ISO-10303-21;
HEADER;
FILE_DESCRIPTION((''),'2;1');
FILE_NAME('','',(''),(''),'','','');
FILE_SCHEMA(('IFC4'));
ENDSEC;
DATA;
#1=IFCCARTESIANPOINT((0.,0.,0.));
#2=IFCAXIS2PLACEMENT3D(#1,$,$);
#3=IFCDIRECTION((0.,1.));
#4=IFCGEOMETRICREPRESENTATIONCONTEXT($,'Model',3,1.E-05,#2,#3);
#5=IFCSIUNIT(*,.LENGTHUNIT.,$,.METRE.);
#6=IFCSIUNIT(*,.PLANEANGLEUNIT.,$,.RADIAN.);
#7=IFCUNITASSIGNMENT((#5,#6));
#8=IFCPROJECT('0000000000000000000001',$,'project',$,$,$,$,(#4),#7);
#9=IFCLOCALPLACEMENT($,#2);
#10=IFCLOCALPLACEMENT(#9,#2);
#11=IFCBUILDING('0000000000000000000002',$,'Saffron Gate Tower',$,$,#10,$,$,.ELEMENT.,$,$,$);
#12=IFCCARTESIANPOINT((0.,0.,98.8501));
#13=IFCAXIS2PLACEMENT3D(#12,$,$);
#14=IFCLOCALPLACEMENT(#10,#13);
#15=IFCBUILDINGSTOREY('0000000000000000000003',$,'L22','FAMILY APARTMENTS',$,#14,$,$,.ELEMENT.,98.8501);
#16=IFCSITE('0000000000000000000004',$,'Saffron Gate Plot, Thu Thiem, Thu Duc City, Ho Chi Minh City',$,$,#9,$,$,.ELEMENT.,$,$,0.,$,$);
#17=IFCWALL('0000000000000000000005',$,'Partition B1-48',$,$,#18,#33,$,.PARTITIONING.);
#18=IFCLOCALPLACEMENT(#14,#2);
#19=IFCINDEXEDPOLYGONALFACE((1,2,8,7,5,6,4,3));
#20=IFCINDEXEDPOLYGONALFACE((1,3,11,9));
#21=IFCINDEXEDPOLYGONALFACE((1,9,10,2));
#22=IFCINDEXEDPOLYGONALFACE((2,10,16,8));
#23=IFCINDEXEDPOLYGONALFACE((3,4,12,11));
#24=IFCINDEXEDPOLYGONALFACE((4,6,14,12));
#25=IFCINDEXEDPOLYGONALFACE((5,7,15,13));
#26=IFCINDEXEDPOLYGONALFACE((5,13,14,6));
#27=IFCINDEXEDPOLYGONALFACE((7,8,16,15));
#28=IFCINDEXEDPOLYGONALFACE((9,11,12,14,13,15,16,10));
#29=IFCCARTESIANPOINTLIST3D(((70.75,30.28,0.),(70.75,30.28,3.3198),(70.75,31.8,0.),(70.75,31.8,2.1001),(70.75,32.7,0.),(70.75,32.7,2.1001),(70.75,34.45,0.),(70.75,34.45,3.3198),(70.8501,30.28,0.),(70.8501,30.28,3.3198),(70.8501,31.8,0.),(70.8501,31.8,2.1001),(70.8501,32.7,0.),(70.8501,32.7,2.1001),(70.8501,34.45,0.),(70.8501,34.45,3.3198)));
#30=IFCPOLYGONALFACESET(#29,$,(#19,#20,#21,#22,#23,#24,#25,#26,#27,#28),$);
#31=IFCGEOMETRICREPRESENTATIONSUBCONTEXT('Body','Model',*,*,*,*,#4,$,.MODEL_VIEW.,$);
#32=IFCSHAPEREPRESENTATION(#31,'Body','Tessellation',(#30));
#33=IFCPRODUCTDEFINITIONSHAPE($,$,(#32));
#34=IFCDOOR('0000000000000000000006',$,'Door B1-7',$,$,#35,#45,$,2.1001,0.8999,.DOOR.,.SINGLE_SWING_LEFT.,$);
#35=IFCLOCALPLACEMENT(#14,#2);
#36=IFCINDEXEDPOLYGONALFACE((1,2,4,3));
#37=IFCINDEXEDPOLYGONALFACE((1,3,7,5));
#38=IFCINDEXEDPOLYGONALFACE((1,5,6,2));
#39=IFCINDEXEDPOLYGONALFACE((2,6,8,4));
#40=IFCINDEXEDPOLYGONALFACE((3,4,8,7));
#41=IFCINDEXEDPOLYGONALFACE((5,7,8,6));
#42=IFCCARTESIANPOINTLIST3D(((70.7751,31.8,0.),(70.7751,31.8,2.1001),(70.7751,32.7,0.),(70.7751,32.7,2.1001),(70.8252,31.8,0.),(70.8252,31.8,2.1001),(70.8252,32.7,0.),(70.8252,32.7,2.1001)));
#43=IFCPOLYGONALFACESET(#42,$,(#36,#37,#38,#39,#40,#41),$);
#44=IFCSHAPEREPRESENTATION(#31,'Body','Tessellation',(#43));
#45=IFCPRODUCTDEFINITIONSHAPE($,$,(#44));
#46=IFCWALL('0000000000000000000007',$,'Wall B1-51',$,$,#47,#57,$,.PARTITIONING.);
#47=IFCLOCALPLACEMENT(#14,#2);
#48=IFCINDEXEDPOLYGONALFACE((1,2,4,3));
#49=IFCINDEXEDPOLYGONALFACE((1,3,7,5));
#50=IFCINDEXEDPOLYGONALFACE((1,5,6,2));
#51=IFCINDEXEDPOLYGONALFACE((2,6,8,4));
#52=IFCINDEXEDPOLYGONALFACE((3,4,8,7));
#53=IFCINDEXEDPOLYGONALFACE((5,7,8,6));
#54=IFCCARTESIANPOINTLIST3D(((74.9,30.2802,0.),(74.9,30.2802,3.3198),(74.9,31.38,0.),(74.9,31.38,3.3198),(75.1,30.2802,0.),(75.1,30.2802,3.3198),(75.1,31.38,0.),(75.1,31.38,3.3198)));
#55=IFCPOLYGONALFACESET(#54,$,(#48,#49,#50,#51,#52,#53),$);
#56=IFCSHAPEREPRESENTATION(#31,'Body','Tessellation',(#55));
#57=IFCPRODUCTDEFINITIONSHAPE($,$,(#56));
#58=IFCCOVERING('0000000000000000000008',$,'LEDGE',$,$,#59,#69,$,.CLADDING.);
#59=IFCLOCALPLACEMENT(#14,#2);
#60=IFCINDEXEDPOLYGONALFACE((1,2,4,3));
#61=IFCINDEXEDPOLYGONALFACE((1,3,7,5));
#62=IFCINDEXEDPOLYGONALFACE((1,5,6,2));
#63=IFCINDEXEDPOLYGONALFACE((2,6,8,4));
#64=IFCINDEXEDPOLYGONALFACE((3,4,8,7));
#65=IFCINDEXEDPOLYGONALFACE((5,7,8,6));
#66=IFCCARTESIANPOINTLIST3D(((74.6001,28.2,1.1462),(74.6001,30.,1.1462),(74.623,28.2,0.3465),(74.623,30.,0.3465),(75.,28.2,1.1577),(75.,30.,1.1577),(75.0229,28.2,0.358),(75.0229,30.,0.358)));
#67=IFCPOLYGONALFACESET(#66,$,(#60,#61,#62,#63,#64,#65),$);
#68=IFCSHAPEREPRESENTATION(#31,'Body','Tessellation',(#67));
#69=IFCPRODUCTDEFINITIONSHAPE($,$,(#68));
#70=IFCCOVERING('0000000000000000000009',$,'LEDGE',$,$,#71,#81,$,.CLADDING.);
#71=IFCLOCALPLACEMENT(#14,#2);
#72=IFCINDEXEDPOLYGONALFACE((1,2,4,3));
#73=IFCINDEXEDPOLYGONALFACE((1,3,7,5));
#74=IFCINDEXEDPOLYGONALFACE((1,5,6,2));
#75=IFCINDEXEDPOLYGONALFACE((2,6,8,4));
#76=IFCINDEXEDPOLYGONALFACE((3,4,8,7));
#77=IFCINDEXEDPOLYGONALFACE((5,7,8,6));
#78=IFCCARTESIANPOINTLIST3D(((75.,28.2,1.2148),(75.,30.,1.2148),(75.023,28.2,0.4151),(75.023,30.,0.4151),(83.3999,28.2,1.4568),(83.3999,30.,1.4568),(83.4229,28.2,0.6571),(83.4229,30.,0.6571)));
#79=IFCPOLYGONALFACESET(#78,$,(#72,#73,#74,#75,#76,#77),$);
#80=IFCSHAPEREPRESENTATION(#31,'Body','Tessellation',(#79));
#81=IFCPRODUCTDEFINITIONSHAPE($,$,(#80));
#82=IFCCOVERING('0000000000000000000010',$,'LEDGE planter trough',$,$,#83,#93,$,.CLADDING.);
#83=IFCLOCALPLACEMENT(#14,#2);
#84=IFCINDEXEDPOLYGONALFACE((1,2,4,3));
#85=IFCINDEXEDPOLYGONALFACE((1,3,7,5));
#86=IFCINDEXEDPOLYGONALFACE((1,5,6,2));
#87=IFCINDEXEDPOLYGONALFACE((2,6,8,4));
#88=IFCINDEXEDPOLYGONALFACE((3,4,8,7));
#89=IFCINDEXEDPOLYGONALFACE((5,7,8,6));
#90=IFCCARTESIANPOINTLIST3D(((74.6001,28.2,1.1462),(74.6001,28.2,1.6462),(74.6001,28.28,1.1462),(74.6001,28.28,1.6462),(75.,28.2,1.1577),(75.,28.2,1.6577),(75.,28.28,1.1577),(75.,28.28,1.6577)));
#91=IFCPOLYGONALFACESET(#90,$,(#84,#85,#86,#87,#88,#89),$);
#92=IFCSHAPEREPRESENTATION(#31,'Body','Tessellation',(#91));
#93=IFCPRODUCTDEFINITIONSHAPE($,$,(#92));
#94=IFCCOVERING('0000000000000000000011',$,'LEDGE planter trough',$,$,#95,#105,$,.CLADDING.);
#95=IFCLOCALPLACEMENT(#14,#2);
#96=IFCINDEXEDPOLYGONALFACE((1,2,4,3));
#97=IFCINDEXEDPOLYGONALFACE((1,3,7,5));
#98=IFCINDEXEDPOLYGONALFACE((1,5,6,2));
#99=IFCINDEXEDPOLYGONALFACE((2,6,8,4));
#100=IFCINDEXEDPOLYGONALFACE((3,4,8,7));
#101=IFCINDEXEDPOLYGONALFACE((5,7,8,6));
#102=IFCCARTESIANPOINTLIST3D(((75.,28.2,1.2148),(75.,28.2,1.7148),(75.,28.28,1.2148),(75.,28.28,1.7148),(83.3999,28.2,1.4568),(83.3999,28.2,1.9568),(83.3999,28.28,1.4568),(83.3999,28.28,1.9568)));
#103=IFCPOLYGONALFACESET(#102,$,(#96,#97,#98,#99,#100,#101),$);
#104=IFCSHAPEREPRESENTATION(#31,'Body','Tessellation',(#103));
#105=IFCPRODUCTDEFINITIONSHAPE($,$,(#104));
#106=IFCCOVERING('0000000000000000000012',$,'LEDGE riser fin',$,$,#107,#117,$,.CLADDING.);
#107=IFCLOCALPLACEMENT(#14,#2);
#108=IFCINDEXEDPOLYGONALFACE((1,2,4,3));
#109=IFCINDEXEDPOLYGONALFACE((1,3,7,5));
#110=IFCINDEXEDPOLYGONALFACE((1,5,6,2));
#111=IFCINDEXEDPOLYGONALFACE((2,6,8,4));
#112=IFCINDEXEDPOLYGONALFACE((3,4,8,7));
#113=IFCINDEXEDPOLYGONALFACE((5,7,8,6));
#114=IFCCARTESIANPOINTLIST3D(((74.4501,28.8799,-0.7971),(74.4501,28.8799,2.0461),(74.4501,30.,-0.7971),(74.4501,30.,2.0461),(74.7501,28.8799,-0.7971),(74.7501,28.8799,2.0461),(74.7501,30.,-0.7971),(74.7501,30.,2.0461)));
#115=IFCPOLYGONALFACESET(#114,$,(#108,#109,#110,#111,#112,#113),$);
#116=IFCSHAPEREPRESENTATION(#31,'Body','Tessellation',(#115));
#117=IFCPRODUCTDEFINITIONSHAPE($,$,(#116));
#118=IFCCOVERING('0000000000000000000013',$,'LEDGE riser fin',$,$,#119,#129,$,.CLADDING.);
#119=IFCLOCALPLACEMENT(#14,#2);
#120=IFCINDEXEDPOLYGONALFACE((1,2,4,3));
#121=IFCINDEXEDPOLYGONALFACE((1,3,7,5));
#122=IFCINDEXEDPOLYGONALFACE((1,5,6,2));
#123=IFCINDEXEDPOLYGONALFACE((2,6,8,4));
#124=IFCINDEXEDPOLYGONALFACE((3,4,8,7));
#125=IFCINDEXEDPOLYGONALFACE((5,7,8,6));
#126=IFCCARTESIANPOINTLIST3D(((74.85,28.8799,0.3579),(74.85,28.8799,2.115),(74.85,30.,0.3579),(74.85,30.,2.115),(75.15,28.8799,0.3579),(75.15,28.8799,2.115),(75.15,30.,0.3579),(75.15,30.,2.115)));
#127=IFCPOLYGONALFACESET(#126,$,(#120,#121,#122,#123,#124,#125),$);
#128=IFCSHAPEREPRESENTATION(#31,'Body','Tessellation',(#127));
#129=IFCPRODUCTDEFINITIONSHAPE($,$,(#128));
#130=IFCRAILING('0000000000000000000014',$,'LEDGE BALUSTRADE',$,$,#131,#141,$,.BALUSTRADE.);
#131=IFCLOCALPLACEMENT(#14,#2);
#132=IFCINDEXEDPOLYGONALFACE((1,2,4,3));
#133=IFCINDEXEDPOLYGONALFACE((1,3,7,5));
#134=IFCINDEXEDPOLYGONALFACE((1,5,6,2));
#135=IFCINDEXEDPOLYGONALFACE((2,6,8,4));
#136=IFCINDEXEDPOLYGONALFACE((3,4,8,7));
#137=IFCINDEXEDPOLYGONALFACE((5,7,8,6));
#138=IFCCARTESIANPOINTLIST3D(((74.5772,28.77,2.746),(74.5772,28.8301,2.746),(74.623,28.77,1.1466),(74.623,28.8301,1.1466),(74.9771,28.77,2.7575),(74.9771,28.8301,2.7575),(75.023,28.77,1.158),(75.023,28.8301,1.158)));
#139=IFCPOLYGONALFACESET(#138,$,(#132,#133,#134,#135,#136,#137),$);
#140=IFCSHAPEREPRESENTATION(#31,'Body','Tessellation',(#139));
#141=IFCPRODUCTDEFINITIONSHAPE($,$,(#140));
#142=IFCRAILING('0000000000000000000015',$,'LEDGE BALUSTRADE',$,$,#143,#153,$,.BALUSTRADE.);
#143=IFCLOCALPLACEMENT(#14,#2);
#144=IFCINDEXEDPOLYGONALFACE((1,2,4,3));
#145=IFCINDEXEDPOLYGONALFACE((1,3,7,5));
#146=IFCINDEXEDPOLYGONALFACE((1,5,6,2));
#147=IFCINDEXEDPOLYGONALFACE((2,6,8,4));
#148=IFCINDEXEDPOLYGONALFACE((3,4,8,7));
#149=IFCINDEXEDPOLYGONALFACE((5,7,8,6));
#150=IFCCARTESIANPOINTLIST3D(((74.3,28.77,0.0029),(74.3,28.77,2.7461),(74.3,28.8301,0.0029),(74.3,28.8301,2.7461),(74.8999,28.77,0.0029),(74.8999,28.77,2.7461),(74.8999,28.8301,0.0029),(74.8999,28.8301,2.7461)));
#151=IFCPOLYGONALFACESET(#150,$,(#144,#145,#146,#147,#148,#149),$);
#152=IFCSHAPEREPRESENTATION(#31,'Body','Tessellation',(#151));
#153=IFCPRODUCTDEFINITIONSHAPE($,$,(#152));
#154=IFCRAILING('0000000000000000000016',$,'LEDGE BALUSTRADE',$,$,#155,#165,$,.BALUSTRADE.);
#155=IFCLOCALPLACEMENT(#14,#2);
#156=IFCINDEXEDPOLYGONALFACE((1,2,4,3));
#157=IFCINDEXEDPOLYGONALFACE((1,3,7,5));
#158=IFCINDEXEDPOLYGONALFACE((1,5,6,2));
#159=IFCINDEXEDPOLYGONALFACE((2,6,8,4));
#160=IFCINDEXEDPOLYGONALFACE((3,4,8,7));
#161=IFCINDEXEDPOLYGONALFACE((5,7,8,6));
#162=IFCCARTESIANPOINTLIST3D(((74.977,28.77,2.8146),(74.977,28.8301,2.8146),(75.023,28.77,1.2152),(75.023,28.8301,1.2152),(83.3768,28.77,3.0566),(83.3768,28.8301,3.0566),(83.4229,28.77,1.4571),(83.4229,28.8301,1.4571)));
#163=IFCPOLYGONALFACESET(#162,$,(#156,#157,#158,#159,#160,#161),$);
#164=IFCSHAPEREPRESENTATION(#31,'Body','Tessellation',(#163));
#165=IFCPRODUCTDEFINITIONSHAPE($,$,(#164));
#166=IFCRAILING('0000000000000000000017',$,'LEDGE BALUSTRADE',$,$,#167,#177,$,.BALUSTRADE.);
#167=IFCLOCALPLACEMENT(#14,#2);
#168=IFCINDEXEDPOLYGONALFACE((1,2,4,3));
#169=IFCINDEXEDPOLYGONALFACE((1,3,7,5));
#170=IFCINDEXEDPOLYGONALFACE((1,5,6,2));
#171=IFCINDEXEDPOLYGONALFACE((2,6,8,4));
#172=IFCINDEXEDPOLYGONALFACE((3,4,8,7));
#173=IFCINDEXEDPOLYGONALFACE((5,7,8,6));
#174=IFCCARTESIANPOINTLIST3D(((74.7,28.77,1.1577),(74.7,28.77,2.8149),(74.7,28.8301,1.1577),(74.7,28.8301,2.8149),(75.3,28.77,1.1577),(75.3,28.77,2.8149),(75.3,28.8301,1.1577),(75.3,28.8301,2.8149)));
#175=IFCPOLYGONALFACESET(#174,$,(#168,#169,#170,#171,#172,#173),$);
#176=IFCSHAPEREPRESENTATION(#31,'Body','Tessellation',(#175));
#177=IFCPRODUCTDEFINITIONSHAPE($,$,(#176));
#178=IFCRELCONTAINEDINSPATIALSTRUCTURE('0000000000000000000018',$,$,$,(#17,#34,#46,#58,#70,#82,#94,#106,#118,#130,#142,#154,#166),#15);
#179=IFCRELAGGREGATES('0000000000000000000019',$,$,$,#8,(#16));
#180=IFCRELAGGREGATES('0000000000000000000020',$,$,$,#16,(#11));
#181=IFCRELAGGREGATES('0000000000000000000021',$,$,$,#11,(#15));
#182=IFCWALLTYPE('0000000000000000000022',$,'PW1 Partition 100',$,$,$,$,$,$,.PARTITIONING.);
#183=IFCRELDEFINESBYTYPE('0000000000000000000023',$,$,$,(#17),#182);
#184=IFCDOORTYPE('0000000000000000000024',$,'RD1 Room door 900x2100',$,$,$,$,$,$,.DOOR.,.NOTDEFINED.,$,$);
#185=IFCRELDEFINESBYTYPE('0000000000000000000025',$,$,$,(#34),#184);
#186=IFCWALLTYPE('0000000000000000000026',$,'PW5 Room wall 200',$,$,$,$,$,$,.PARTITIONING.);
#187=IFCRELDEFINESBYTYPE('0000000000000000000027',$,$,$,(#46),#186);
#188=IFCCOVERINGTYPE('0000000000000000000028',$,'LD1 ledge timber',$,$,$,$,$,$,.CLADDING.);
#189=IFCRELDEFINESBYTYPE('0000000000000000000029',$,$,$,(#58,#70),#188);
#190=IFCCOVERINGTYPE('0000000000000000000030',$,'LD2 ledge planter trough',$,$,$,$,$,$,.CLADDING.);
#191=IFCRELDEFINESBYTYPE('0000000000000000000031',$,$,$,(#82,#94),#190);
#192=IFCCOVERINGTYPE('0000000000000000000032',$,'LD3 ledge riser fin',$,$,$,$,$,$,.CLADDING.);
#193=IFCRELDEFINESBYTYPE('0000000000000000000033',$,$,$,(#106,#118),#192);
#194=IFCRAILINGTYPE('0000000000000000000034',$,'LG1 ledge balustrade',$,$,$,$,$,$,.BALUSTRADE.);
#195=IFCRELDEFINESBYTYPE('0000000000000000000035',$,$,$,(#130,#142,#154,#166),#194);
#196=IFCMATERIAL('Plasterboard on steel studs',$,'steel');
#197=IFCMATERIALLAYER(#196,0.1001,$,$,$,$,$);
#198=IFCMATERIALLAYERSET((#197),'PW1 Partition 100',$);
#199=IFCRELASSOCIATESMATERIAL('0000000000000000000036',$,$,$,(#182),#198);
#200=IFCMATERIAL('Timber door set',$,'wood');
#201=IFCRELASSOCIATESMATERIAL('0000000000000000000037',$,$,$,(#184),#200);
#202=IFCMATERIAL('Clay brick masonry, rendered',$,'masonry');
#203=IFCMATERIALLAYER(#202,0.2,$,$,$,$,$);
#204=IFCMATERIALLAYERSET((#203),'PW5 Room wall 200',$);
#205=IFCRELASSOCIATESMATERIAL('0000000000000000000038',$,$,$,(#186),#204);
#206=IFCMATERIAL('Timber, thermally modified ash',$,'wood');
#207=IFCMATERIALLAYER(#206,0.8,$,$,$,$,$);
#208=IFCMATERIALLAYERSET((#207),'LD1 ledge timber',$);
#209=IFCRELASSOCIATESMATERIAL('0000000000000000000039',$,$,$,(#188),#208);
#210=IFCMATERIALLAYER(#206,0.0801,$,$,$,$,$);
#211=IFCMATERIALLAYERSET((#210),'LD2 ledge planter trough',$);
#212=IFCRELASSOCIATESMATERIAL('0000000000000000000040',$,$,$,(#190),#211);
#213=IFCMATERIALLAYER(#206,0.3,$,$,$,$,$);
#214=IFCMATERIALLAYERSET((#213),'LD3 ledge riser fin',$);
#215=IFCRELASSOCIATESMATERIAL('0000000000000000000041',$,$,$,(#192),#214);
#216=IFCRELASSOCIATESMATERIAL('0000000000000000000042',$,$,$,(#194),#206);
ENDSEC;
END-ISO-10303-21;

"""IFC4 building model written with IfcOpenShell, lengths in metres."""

from ifc_helpers import new_model, si_unit, direction, frame, frame_2d, origin, origin_2d, place, context, subcontext, project, spatial, polyline, rectangle, outline, extrude, material, layer, layer_set, type_object, element, fill, save


model = new_model("IFC4")

# Units and contexts
model_context = context("Model", 3, precision=1e-05, world=origin(), true_north=direction((0.0, 1.0)))
body_context = subcontext(model_context, "Body", "Model", "MODEL_VIEW")
ifc_project = project(units=[si_unit("LENGTHUNIT", "METRE"), si_unit("PLANEANGLEUNIT", "RADIAN")], contexts=[model_context])

# Site, building, storey
site_placement = place(None, origin())
site = spatial("IfcSite", under=ifc_project, at=site_placement, Name="Saffron Gate Plot, Thu Thiem, Thu Duc City, Ho Chi Minh City", CompositionType="ELEMENT", RefElevation=0.0)
building_placement = place(site_placement, origin())
building = spatial("IfcBuilding", under=site, at=building_placement, Name="Saffron Gate Tower", CompositionType="ELEMENT")
storey_placement = place(building_placement, frame((0.0, 0.0, 98.8501)))
storey = spatial("IfcBuildingStorey", under=building, at=storey_placement, Name="L22", Description="FAMILY APARTMENTS", CompositionType="ELEMENT", Elevation=98.8501)

# Wall, opening, door
ifc_material_1 = material(Name="Plasterboard on steel studs", Category="steel")
ifc_layer_1 = layer(ifc_material_1, 0.1001)
ifc_layer_set_1 = layer_set([ifc_layer_1], Name="PW1 Partition 100")
wall_type_1 = type_object("IfcWallType", Name="PW1 Partition 100", PredefinedType="PARTITIONING", material=ifc_layer_set_1)
wall_1_placement = place(storey_placement, frame((70.8, 30.28, 0.0), z_axis=(0.0, 0.0, 1.0), x_axis=(0.0, 1.0, 0.0)))
wall_1 = element("IfcWall", 1, at=wall_1_placement, inside=storey, type_object=wall_type_1, Name="Partition B1-48", PredefinedType="PARTITIONING", context=body_context, shape_type="SweptSolid", body=[
    extrude(rectangle(XDim=4.1699, YDim=0.1001, at=frame_2d((2.085, 0.0))), origin(), (0.0, 0.0, 1.0), 3.3198),
])
opening_1_placement = place(wall_1_placement, frame((1.52, 0.0, 0.0)))
opening_1 = element("IfcOpeningElement", 2, at=opening_1_placement, cuts=wall_1, PredefinedType="OPENING", context=body_context, shape_type="SweptSolid", body=[
    extrude(rectangle(XDim=0.8999, YDim=2.1001, at=frame_2d((0.45, 1.05))), frame((0.0, 0.0601, 0.0), z_axis=(0.0, -1.0, 0.0), x_axis=(1.0, 0.0, 0.0)), (0.0, 0.0, 1.0), 0.1201),
])
ifc_material_2 = material(Name="Timber door set", Category="wood")
door_type = type_object("IfcDoorType", Name="RD1 Room door 900x2100", OperationType="NOTDEFINED", PredefinedType="DOOR", material=ifc_material_2)
door_placement = place(opening_1_placement, origin())
door = element("IfcDoor", 3, at=door_placement, inside=storey, type_object=door_type, Name="Door B1-7", OperationType="SINGLE_SWING_LEFT", OverallHeight=2.1001, OverallWidth=0.8999, PredefinedType="DOOR", context=body_context, shape_type="SweptSolid", body=[
    extrude(rectangle(XDim=0.8999, YDim=2.1001, at=frame_2d((0.45, 1.05))), frame((0.0, 0.0249, 0.0), z_axis=(0.0, -1.0, 0.0), x_axis=(1.0, 0.0, 0.0)), (0.0, 0.0, 1.0), 0.05),
])
fill(opening_1, door)

# Wall
ifc_material_3 = material(Name="Clay brick masonry, rendered", Category="masonry")
ifc_layer_2 = layer(ifc_material_3, 0.2)
ifc_layer_set_2 = layer_set([ifc_layer_2], Name="PW5 Room wall 200")
wall_type_2 = type_object("IfcWallType", Name="PW5 Room wall 200", PredefinedType="PARTITIONING", material=ifc_layer_set_2)
wall_2_placement = place(storey_placement, frame((75.0, 31.3799, 0.0), z_axis=(0.0, 0.0, 1.0), x_axis=(0.0, -1.0, 0.0)))
element("IfcWall", 4, at=wall_2_placement, inside=storey, type_object=wall_type_2, Name="Wall B1-51", PredefinedType="PARTITIONING", context=body_context, shape_type="SweptSolid", body=[
    extrude(rectangle(XDim=1.0999, YDim=0.2, at=frame_2d((0.5498, 0.0))), origin(), (0.0, 0.0, 1.0), 3.3198),
])

# Coverings
ifc_material_4 = material(Name="Timber, thermally modified ash", Category="wood")
ifc_layer_3 = layer(ifc_material_4, 0.8)
ifc_layer_set_3 = layer_set([ifc_layer_3], Name="LD1 ledge timber")
covering_type_1 = type_object("IfcCoveringType", Name="LD1 ledge timber", PredefinedType="CLADDING", material=ifc_layer_set_3)
covering_1_placement = place(storey_placement, frame((74.6001, 30.0, 1.1462), z_axis=(-0.028682, 0.0, 0.999589), x_axis=(0.999589, 0.0, 0.028682)))
element("IfcCovering", 5, at=covering_1_placement, inside=storey, type_object=covering_type_1, Name="LEDGE", PredefinedType="CLADDING", context=body_context, shape_type="SweptSolid", body=[
    extrude(outline(polyline([(0.0, 0.0), (0.4001, 0.0), (0.4001, -1.8), (0.0, -1.8), (0.0, 0.0)])), origin(), (0.0, 0.0, -1.0), 0.8),
])
covering_2_placement = place(storey_placement, frame((75.0, 30.0, 1.2148), z_axis=(-0.028791, 0.0, 0.999585), x_axis=(0.999585, 0.0, 0.028791)))
element("IfcCovering", 6, at=covering_2_placement, inside=storey, type_object=covering_type_1, Name="LEDGE", PredefinedType="CLADDING", context=body_context, shape_type="SweptSolid", body=[
    extrude(outline(polyline([(0.0, 0.0), (8.4034, 0.0), (8.4034, -1.8), (0.0, -1.8), (0.0, 0.0)])), origin(), (0.0, 0.0, -1.0), 0.8),
])
ifc_layer_4 = layer(ifc_material_4, 0.0801)
ifc_layer_set_4 = layer_set([ifc_layer_4], Name="LD2 ledge planter trough")
covering_type_2 = type_object("IfcCoveringType", Name="LD2 ledge planter trough", PredefinedType="CLADDING", material=ifc_layer_set_4)
covering_3_placement = place(storey_placement, frame((74.6001, 28.2, 1.1462), z_axis=(0.0, -1.0, 0.0), x_axis=(0.999589, 0.0, 0.028682)))
element("IfcCovering", 7, at=covering_3_placement, inside=storey, type_object=covering_type_2, Name="LEDGE planter trough", PredefinedType="CLADDING", context=body_context, shape_type="SweptSolid", body=[
    extrude(outline(polyline([(0.0, 0.0), (0.4001, 0.0), (0.4144, 0.4998), (0.0143, 0.4998), (0.0, 0.0)])), origin(), (0.0, 0.0, -1.0), 0.0801),
])
covering_4_placement = place(storey_placement, frame((75.0, 28.2, 1.2148), z_axis=(0.0, -1.0, 0.0), x_axis=(0.999585, 0.0, 0.028791)))
element("IfcCovering", 8, at=covering_4_placement, inside=storey, type_object=covering_type_2, Name="LEDGE planter trough", PredefinedType="CLADDING", context=body_context, shape_type="SweptSolid", body=[
    extrude(outline(polyline([(0.0, 0.0), (8.4034, 0.0), (8.4178, 0.4998), (0.0144, 0.4998), (0.0, 0.0)])), origin(), (0.0, 0.0, -1.0), 0.0801),
])
ifc_layer_5 = layer(ifc_material_4, 0.3)
ifc_layer_set_5 = layer_set([ifc_layer_5], Name="LD3 ledge riser fin")
covering_type_3 = type_object("IfcCoveringType", Name="LD3 ledge riser fin", PredefinedType="CLADDING", material=ifc_layer_set_5)
covering_5_placement = place(storey_placement, frame((74.6001, 29.4399, -0.7971), z_axis=(0.0, 0.0, 1.0), x_axis=(1.0, 0.0, 0.0)))
element("IfcCovering", 9, at=covering_5_placement, inside=storey, type_object=covering_type_3, Name="LEDGE riser fin", PredefinedType="CLADDING", context=body_context, shape_type="SweptSolid", body=[
    extrude(rectangle(XDim=0.3, YDim=1.1201, at=origin_2d()), origin(), (0.0, 0.0, 1.0), 2.8433),
])
covering_6_placement = place(storey_placement, frame((75.0, 29.4399, 0.3579), z_axis=(0.0, 0.0, 1.0), x_axis=(1.0, 0.0, 0.0)))
element("IfcCovering", 10, at=covering_6_placement, inside=storey, type_object=covering_type_3, Name="LEDGE riser fin", PredefinedType="CLADDING", context=body_context, shape_type="SweptSolid", body=[
    extrude(rectangle(XDim=0.3, YDim=1.1201, at=origin_2d()), origin(), (0.0, 0.0, 1.0), 1.7571),
])

# Railings
railing_type = type_object("IfcRailingType", Name="LG1 ledge balustrade", PredefinedType="BALUSTRADE", material=ifc_material_4)
railing_1_placement = place(storey_placement, frame((74.6001, 28.8, 1.1462)))
element("IfcRailing", 11, at=railing_1_placement, inside=storey, type_object=railing_type, Name="LEDGE BALUSTRADE", PredefinedType="BALUSTRADE", context=body_context, shape_type="SweptSolid", body=[
    extrude(rectangle(XDim=0.0601, YDim=1.6001, at=origin_2d()), frame((0.0, 0.0, 0.8), z_axis=(0.999589, 0.0, 0.028682), x_axis=(0.0, 1.0, 0.0)), (0.0, 0.0, 1.0), 0.4001),
])
railing_2_placement = place(storey_placement, frame((74.3, 28.8, 0.0029)))
element("IfcRailing", 12, at=railing_2_placement, inside=storey, type_object=railing_type, Name="LEDGE BALUSTRADE", PredefinedType="BALUSTRADE", context=body_context, shape_type="SweptSolid", body=[
    extrude(rectangle(XDim=0.0601, YDim=2.7432, at=origin_2d()), frame((0.0, 0.0, 1.3716), z_axis=(1.0, 0.0, 0.0), x_axis=(0.0, 1.0, 0.0)), (0.0, 0.0, 1.0), 0.5999),
])
railing_3_placement = place(storey_placement, frame((75.0, 28.8, 1.2148)))
element("IfcRailing", 13, at=railing_3_placement, inside=storey, type_object=railing_type, Name="LEDGE BALUSTRADE", PredefinedType="BALUSTRADE", context=body_context, shape_type="SweptSolid", body=[
    extrude(rectangle(XDim=0.0601, YDim=1.6001, at=origin_2d()), frame((0.0, 0.0, 0.8), z_axis=(0.999585, 0.0, 0.028791), x_axis=(0.0, 1.0, 0.0)), (0.0, 0.0, 1.0), 8.4033),
])
railing_4_placement = place(storey_placement, frame((74.7, 28.8, 1.1577)))
element("IfcRailing", 14, at=railing_4_placement, inside=storey, type_object=railing_type, Name="LEDGE BALUSTRADE", PredefinedType="BALUSTRADE", context=body_context, shape_type="SweptSolid", body=[
    extrude(rectangle(XDim=0.0601, YDim=1.6572, at=origin_2d()), frame((0.0, 0.0, 0.8286), z_axis=(1.0, 0.0, 0.0), x_axis=(0.0, 1.0, 0.0)), (0.0, 0.0, 1.0), 0.6001),
])

save(model, "model.ifc")
